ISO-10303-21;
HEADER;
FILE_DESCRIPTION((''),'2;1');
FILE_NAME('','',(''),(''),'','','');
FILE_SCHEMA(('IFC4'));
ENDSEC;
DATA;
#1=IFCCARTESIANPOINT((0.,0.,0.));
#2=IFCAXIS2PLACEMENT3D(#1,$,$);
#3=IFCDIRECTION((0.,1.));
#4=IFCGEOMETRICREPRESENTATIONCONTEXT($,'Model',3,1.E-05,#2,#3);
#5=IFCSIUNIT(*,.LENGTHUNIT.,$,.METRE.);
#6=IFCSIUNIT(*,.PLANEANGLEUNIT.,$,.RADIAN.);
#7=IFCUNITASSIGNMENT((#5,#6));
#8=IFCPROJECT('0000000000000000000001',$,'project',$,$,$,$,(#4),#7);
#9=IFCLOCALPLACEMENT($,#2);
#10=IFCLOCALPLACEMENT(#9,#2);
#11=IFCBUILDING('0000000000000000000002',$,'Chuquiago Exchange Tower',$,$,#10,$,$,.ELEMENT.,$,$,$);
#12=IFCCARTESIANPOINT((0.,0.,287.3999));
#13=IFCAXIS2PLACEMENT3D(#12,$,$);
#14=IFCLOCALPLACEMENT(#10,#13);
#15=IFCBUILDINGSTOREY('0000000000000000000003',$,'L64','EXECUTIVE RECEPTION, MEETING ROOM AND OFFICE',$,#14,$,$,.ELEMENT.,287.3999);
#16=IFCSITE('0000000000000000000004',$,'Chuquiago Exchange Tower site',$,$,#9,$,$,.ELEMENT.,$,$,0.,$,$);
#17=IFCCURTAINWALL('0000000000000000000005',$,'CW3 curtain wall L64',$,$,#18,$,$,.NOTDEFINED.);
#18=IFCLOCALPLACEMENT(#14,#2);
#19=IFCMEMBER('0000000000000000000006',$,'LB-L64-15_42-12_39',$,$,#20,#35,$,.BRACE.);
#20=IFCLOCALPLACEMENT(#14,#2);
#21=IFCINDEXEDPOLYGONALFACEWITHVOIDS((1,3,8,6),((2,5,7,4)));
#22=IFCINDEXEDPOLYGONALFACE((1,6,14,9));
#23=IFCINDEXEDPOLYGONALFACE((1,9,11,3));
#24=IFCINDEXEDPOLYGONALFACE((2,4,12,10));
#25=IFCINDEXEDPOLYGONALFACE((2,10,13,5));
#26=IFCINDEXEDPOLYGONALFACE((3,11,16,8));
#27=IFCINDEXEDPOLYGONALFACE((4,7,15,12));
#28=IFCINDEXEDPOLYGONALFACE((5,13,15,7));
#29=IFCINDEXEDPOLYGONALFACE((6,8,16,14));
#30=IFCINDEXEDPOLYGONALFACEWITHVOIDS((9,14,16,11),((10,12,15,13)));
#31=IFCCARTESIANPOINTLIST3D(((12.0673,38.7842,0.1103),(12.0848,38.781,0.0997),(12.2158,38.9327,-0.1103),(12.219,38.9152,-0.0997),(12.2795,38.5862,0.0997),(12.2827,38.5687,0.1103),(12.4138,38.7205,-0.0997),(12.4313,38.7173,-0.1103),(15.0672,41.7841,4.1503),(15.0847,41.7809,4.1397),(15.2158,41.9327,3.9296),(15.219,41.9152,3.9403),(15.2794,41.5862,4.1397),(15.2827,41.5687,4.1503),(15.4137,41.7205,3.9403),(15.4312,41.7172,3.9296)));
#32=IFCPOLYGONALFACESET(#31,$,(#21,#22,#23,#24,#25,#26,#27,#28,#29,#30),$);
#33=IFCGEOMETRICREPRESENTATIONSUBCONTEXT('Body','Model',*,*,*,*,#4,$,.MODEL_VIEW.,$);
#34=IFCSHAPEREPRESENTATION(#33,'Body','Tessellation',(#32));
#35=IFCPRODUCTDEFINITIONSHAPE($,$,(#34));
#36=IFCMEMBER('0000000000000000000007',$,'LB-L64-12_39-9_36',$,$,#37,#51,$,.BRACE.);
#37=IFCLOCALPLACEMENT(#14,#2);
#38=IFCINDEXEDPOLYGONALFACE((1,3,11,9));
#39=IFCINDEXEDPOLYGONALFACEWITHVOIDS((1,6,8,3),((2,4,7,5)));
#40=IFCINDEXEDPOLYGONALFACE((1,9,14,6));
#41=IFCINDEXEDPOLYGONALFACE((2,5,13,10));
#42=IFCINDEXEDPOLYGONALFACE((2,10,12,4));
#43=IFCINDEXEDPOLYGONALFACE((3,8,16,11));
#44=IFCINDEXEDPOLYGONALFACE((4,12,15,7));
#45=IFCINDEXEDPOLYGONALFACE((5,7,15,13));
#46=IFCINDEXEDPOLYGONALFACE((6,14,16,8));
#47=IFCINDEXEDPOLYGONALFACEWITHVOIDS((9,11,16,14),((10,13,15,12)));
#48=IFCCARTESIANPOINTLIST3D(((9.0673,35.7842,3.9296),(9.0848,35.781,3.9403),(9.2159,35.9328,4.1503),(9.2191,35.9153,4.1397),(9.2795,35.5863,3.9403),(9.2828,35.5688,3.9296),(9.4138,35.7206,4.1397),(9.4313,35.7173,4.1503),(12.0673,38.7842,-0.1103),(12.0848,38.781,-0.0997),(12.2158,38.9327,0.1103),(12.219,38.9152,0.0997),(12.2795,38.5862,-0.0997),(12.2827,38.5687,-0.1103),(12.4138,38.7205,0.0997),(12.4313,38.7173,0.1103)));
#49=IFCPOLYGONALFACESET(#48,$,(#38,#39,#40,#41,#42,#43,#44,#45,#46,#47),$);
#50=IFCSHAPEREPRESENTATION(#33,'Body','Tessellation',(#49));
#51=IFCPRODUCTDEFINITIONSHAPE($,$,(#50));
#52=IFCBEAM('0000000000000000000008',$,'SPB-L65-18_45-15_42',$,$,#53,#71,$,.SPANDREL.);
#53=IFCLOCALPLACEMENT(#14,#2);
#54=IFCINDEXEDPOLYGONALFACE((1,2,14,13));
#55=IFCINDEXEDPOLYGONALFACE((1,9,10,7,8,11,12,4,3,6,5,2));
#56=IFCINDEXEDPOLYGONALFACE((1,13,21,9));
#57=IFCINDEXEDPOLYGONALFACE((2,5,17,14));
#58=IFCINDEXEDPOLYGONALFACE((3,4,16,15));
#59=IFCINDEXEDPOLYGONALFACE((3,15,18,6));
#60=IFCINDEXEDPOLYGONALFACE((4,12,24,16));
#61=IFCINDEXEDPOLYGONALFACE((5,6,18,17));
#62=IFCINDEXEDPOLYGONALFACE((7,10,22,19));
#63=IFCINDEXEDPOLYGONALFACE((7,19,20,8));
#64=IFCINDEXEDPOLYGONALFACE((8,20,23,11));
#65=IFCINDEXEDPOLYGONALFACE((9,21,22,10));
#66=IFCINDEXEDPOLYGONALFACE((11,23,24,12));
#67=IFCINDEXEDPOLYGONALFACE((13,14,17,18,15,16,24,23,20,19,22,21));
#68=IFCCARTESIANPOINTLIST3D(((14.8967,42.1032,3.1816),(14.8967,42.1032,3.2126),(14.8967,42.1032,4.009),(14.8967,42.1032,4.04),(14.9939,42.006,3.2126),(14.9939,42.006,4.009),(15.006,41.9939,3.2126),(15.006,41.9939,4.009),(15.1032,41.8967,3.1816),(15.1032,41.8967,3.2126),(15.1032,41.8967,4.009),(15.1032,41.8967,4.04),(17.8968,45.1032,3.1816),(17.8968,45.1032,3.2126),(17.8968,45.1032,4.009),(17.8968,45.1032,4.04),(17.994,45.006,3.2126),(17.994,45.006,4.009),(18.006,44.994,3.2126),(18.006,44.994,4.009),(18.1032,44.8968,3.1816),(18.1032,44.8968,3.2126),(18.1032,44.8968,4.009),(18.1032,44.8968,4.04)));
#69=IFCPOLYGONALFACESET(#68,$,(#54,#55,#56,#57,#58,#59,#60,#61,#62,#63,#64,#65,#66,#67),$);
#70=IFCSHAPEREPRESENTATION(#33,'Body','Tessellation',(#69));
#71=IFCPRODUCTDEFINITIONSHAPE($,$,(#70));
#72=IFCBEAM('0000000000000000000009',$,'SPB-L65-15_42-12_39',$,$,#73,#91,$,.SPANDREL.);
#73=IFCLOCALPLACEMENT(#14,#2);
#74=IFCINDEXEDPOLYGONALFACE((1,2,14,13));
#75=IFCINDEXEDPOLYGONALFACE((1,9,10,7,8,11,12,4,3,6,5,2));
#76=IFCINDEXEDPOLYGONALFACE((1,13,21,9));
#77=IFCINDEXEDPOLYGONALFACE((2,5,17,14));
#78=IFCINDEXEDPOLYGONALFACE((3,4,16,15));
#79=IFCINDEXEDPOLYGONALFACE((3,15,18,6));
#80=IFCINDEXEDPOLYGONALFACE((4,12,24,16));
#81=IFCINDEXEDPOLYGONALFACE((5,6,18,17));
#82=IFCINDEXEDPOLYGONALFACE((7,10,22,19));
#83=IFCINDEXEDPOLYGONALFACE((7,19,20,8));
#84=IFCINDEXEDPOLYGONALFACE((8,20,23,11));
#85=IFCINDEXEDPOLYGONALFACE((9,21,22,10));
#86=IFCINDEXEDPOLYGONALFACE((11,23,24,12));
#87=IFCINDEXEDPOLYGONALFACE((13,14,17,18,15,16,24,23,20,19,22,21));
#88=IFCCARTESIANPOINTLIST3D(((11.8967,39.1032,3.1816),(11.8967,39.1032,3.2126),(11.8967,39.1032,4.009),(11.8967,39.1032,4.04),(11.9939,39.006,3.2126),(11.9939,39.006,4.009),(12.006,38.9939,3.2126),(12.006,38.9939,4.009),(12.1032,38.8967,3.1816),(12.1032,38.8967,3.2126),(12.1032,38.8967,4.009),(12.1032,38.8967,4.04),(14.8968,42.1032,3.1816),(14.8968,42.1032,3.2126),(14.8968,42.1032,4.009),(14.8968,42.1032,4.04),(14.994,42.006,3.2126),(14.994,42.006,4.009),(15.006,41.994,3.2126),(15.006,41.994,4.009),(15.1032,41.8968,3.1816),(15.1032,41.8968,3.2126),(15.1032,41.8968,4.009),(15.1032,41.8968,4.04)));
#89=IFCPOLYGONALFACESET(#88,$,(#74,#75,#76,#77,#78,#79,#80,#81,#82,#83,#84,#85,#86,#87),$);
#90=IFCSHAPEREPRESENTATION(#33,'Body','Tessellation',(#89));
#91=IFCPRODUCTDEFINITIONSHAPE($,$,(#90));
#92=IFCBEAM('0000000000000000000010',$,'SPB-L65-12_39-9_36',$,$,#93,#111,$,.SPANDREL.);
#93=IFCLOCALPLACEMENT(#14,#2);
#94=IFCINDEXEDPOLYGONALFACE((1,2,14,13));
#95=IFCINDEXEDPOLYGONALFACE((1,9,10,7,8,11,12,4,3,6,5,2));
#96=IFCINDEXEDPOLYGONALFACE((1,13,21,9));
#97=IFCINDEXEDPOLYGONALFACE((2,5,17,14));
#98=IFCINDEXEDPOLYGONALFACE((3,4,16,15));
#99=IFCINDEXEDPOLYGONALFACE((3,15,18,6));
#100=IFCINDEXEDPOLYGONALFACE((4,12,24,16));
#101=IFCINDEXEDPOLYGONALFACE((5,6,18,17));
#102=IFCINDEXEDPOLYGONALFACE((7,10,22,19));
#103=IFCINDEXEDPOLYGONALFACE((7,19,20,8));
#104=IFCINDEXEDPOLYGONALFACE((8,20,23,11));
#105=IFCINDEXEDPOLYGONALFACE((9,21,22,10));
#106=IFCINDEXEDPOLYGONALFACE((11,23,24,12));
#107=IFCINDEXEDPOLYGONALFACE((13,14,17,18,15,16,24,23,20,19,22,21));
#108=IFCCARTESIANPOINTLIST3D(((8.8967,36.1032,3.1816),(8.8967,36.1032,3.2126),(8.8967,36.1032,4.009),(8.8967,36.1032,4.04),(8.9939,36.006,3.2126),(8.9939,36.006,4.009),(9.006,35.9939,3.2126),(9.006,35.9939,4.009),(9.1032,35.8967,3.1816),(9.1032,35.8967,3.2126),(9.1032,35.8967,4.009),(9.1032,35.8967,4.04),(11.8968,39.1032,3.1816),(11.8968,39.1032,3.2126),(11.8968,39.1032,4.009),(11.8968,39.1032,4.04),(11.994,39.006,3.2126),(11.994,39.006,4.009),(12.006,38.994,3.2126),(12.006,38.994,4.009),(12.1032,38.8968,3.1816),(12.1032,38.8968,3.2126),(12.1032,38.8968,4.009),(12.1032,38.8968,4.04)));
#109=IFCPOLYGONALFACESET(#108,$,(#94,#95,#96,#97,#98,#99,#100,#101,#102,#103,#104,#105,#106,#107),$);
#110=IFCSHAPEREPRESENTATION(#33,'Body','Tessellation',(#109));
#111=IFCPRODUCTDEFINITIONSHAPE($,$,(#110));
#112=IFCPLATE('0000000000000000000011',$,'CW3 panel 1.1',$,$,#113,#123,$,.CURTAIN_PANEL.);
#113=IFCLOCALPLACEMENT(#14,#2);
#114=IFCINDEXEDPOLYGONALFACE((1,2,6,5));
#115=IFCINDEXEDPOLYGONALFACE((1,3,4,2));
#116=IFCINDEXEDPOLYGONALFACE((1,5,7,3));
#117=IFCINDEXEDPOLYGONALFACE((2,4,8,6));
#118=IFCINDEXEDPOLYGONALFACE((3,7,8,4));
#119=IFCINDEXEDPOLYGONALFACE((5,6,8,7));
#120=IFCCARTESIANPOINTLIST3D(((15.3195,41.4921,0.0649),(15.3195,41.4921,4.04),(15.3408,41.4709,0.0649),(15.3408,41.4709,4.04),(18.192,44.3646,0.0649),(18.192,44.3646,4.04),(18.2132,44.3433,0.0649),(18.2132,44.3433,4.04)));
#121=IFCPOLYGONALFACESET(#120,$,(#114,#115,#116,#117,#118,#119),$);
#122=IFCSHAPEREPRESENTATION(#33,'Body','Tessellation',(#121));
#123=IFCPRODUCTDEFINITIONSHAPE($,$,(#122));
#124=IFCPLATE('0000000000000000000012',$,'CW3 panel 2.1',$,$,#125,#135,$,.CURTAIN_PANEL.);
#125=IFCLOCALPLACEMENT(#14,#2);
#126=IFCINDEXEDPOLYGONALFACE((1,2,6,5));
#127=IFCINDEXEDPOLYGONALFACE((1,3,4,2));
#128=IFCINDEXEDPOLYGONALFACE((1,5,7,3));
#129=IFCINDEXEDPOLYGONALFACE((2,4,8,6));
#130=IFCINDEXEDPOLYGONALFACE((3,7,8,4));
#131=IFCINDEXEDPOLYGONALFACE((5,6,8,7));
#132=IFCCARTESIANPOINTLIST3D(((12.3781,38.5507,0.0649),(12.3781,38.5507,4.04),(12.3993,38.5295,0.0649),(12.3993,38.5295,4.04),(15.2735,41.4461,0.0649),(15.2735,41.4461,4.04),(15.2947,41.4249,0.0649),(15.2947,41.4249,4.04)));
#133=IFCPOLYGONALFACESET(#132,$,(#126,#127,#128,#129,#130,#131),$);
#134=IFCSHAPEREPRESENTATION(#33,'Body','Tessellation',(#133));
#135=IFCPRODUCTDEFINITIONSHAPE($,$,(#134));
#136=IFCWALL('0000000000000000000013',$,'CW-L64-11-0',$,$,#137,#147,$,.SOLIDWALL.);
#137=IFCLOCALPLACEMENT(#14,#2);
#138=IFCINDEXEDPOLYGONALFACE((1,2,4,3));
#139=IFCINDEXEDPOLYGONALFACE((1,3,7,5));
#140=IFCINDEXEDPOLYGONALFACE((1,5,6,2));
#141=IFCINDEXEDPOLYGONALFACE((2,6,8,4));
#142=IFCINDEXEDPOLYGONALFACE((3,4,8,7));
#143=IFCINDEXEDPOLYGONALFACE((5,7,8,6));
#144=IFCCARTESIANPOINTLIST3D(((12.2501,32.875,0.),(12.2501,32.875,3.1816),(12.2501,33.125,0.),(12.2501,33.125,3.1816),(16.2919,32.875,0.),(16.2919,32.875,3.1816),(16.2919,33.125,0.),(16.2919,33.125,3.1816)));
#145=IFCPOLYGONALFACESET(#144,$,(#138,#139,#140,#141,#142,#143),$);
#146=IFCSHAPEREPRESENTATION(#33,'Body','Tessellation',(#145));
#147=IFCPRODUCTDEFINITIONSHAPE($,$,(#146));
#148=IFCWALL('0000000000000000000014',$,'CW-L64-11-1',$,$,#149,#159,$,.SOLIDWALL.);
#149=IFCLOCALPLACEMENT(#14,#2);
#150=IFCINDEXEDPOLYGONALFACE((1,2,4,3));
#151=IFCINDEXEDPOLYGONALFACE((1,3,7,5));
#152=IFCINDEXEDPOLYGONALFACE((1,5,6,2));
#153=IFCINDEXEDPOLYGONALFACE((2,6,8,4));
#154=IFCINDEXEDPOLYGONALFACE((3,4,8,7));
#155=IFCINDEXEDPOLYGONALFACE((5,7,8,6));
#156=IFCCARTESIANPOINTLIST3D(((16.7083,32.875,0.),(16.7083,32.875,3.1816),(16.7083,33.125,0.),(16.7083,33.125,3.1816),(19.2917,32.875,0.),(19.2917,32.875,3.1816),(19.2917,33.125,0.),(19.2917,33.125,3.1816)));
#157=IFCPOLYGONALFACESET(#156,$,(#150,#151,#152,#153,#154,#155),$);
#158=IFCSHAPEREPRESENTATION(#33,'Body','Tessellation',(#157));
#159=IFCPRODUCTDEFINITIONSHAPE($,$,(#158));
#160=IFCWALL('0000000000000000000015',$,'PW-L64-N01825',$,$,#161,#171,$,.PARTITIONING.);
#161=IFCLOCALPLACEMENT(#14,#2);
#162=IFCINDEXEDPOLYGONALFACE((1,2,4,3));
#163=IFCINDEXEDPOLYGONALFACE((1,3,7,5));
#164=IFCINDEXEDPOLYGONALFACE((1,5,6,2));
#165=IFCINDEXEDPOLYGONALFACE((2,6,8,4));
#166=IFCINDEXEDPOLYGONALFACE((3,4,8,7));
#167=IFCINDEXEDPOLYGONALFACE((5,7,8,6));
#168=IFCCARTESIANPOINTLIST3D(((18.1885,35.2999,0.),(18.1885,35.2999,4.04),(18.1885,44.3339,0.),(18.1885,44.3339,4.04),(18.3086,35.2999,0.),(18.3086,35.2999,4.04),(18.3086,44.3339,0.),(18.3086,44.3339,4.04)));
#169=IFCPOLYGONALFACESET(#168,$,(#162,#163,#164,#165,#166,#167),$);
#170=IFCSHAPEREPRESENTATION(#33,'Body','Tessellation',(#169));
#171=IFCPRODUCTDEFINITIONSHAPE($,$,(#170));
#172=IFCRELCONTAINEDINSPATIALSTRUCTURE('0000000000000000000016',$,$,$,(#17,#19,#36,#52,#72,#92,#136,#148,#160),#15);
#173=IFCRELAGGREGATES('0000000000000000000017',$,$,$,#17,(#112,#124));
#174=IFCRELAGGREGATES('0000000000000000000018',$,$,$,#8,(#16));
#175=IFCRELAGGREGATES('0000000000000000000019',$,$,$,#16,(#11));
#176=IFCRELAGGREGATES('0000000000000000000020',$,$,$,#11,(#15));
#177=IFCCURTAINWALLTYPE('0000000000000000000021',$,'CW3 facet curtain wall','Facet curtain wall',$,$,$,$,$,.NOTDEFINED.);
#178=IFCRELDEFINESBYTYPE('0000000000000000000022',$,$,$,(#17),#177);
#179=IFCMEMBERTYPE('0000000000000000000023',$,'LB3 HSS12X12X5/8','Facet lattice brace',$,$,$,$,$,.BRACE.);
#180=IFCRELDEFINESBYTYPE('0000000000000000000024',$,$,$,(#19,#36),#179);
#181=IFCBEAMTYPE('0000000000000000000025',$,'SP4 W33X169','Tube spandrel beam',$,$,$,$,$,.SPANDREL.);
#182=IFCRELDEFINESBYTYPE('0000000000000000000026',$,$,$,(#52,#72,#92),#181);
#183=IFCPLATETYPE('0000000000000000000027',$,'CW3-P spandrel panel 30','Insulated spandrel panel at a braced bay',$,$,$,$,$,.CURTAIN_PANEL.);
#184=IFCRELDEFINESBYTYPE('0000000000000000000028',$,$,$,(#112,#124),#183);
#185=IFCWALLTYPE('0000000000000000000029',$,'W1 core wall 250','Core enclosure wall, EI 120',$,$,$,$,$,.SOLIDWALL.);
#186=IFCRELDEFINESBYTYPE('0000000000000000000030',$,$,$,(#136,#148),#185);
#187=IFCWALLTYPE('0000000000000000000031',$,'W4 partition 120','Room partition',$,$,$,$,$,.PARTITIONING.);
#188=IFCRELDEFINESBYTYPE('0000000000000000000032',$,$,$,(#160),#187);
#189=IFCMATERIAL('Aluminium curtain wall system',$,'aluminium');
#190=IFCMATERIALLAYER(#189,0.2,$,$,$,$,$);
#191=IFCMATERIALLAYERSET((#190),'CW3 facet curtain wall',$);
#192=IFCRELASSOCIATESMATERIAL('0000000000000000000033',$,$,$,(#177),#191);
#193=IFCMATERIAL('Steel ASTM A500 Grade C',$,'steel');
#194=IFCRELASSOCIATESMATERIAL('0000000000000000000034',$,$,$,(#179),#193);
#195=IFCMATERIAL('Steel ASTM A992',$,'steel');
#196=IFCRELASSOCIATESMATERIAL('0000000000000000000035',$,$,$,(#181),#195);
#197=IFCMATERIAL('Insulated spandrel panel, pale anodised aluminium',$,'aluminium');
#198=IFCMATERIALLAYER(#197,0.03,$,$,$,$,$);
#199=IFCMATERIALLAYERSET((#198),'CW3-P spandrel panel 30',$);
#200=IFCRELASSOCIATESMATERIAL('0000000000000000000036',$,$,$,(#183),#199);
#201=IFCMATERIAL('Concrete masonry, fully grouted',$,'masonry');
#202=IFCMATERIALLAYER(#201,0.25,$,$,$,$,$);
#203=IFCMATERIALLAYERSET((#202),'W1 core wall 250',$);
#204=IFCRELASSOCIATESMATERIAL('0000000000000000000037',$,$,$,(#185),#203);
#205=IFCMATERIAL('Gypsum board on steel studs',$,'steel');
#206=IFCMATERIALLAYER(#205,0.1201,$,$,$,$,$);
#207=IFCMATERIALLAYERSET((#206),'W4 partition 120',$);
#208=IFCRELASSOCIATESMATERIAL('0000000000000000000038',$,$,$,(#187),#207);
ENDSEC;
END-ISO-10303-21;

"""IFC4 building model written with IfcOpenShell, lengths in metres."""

from ifc_helpers import new_model, si_unit, direction, frame, frame_2d, origin, origin_2d, place, context, subcontext, project, spatial, rectangle, hollow_rectangle, i_section, extrude, material, layer, layer_set, material_profile, profile_set, type_object, element, aggregate, save


model = new_model("IFC4")

# Units and contexts
model_context = context("Model", 3, precision=1e-05, world=origin(), true_north=direction((0.0, 1.0)))
body_context = subcontext(model_context, "Body", "Model", "MODEL_VIEW")
ifc_project = project(units=[si_unit("LENGTHUNIT", "METRE"), si_unit("PLANEANGLEUNIT", "RADIAN")], contexts=[model_context])

# Site, building, storey
site_placement = place(None, origin())
site = spatial("IfcSite", under=ifc_project, at=site_placement, Name="Chuquiago Exchange Tower site", CompositionType="ELEMENT", RefElevation=0.0)
building_placement = place(site_placement, origin())
building = spatial("IfcBuilding", under=site, at=building_placement, Name="Chuquiago Exchange Tower", CompositionType="ELEMENT")
storey_placement = place(building_placement, frame((0.0, 0.0, 287.3999)))
storey = spatial("IfcBuildingStorey", under=building, at=storey_placement, Name="L64", Description="EXECUTIVE RECEPTION, MEETING ROOM AND OFFICE", CompositionType="ELEMENT", Elevation=287.3999)

# Curtain wall
ifc_material_1 = material(Name="Aluminium curtain wall system", Category="aluminium")
ifc_layer_1 = layer(ifc_material_1, 0.2)
ifc_layer_set_1 = layer_set([ifc_layer_1], Name="CW3 facet curtain wall")
curtain_wall_type = type_object("IfcCurtainWallType", Name="CW3 facet curtain wall", Description="Facet curtain wall", PredefinedType="NOTDEFINED", material=ifc_layer_set_1)
curtain_wall_placement = place(storey_placement, origin())
curtain_wall = element("IfcCurtainWall", 1, at=curtain_wall_placement, inside=storey, type_object=curtain_wall_type, Name="CW3 curtain wall L64", PredefinedType="NOTDEFINED")

# Members
ifc_material_2 = material(Name="Steel ASTM A500 Grade C", Category="steel")
ifc_material_profile_1 = material_profile(ifc_material_2, hollow_rectangle(XDim=0.3047, YDim=0.3047, WallThickness=0.0146, at=origin_2d()), Name="HSS12X12X5/8")
ifc_profile_set_1 = profile_set([ifc_material_profile_1], Name="Steel ASTM A500 Grade C")
member_type_1 = type_object("IfcMemberType", Name="LB3 HSS12X12X5/8", Description="Facet lattice brace", PredefinedType="BRACE", material=ifc_profile_set_1)
for number, where, z_axis, x_axis, name in (
    (2, (12.2493, 38.7507, 0.0), (0.512077, 0.512077, 0.689604), (-0.707107, 0.707107, 0.0), "LB-L64-15_42-12_39"),
    (3, (12.2493, 38.7507, 0.0), (-0.512077, -0.512077, 0.689604), (0.707107, -0.707107, 0.0), "LB-L64-12_39-9_36"),
):
    element("IfcMember", number, at=place(storey_placement, frame(where, z_axis=z_axis, x_axis=x_axis)), inside=storey, type_object=member_type_1, Name=name, PredefinedType="BRACE", context=body_context, shape_type="SweptSolid", body=[
        extrude(hollow_rectangle(XDim=0.3047, YDim=0.3047, WallThickness=0.0146, at=origin_2d()), origin(), (0.0, 0.0, 1.0), 5.8584),
    ])

# Beams
ifc_material_3 = material(Name="Steel ASTM A992", Category="steel")
ifc_material_profile_2 = material_profile(ifc_material_3, i_section(OverallWidth=0.292, OverallDepth=0.8584, WebThickness=0.0171, FlangeThickness=0.031, at=origin_2d()), Name="W33X169")
ifc_profile_set_2 = profile_set([ifc_material_profile_2], Name="Steel ASTM A992")
beam_type_1 = type_object("IfcBeamType", Name="SP4 W33X169", Description="Tube spandrel beam", PredefinedType="SPANDREL", material=ifc_profile_set_2)
for number, where, z_axis, x_axis, name in (
    (4, (18.0, 45.0, 3.6108), (-0.707107, -0.707107, 0.0), (0.707107, -0.707107, 0.0), "SPB-L65-18_45-15_42"),
    (5, (15.0, 42.0, 3.6108), (-0.707107, -0.707107, 0.0), (0.707107, -0.707107, 0.0), "SPB-L65-15_42-12_39"),
    (6, (12.0, 39.0, 3.6108), (-0.707107, -0.707107, 0.0), (0.707107, -0.707107, 0.0), "SPB-L65-12_39-9_36"),
):
    element("IfcBeam", number, at=place(storey_placement, frame(where, z_axis=z_axis, x_axis=x_axis)), inside=storey, type_object=beam_type_1, Name=name, PredefinedType="SPANDREL", context=body_context, shape_type="SweptSolid", body=[
        extrude(i_section(OverallWidth=0.292, OverallDepth=0.8584, WebThickness=0.0171, FlangeThickness=0.031, at=origin_2d()), origin(), (0.0, 0.0, 1.0), 4.2427),
    ])

# Plates
ifc_material_4 = material(Name="Insulated spandrel panel, pale anodised aluminium", Category="aluminium")
ifc_layer_2 = layer(ifc_material_4, 0.03)
ifc_layer_set_2 = layer_set([ifc_layer_2], Name="CW3-P spandrel panel 30")
plate_type = type_object("IfcPlateType", Name="CW3-P spandrel panel 30", Description="Insulated spandrel panel at a braced bay", PredefinedType="CURTAIN_PANEL", material=ifc_layer_set_2)
plate_1_placement = place(storey_placement, frame((16.7664, 42.9177, 0.0649), z_axis=(0.0, 0.0, 1.0), x_axis=(-0.707107, -0.707107, 0.0)))
plate_1 = element("IfcPlate", 7, at=plate_1_placement, type_object=plate_type, Name="CW3 panel 1.1", PredefinedType="CURTAIN_PANEL", context=body_context, shape_type="SweptSolid", body=[
    extrude(rectangle(XDim=4.0623, YDim=0.03, at=origin_2d()), origin(), (0.0, 0.0, 1.0), 3.9751),
])
plate_2_placement = place(storey_placement, frame((13.8364, 39.9878, 0.0649), z_axis=(0.0, 0.0, 1.0), x_axis=(-0.707107, -0.707107, 0.0)))
plate_2 = element("IfcPlate", 8, at=plate_2_placement, type_object=plate_type, Name="CW3 panel 2.1", PredefinedType="CURTAIN_PANEL", context=body_context, shape_type="SweptSolid", body=[
    extrude(rectangle(XDim=4.0947, YDim=0.03, at=origin_2d()), origin(), (0.0, 0.0, 1.0), 3.9751),
])
aggregate(curtain_wall, [plate_1, plate_2])

# Walls
ifc_material_5 = material(Name="Concrete masonry, fully grouted", Category="masonry")
ifc_layer_3 = layer(ifc_material_5, 0.25)
ifc_layer_set_3 = layer_set([ifc_layer_3], Name="W1 core wall 250")
wall_type_1 = type_object("IfcWallType", Name="W1 core wall 250", Description="Core enclosure wall, EI 120", PredefinedType="SOLIDWALL", material=ifc_layer_set_3)
wall_1_placement = place(storey_placement, frame((12.25, 33.0, 0.0), z_axis=(0.0, 0.0, 1.0), x_axis=(1.0, 0.0, 0.0)))
element("IfcWall", 9, at=wall_1_placement, inside=storey, type_object=wall_type_1, Name="CW-L64-11-0", PredefinedType="SOLIDWALL", context=body_context, shape_type="SweptSolid", body=[
    extrude(rectangle(XDim=4.0417, YDim=0.25, at=frame_2d((2.021, 0.0))), origin(), (0.0, 0.0, 1.0), 3.1816),
])
wall_2_placement = place(storey_placement, frame((16.7083, 33.0, 0.0), z_axis=(0.0, 0.0, 1.0), x_axis=(1.0, 0.0, 0.0)))
element("IfcWall", 10, at=wall_2_placement, inside=storey, type_object=wall_type_1, Name="CW-L64-11-1", PredefinedType="SOLIDWALL", context=body_context, shape_type="SweptSolid", body=[
    extrude(rectangle(XDim=2.5835, YDim=0.25, at=frame_2d((1.2917, 0.0))), origin(), (0.0, 0.0, 1.0), 3.1816),
])
ifc_material_6 = material(Name="Gypsum board on steel studs", Category="steel")
ifc_layer_4 = layer(ifc_material_6, 0.1201)
ifc_layer_set_4 = layer_set([ifc_layer_4], Name="W4 partition 120")
wall_type_2 = type_object("IfcWallType", Name="W4 partition 120", Description="Room partition", PredefinedType="PARTITIONING", material=ifc_layer_set_4)
wall_3_placement = place(storey_placement, frame((18.2485, 44.334, 0.0), z_axis=(0.0, 0.0, 1.0), x_axis=(0.0, -1.0, 0.0)))
element("IfcWall", 11, at=wall_3_placement, inside=storey, type_object=wall_type_2, Name="PW-L64-N01825", PredefinedType="PARTITIONING", context=body_context, shape_type="SweptSolid", body=[
    extrude(rectangle(XDim=9.0339, YDim=0.1201, at=frame_2d((4.5171, 0.0))), origin(), (0.0, 0.0, 1.0), 4.04),
])

save(model, "model.ifc")
